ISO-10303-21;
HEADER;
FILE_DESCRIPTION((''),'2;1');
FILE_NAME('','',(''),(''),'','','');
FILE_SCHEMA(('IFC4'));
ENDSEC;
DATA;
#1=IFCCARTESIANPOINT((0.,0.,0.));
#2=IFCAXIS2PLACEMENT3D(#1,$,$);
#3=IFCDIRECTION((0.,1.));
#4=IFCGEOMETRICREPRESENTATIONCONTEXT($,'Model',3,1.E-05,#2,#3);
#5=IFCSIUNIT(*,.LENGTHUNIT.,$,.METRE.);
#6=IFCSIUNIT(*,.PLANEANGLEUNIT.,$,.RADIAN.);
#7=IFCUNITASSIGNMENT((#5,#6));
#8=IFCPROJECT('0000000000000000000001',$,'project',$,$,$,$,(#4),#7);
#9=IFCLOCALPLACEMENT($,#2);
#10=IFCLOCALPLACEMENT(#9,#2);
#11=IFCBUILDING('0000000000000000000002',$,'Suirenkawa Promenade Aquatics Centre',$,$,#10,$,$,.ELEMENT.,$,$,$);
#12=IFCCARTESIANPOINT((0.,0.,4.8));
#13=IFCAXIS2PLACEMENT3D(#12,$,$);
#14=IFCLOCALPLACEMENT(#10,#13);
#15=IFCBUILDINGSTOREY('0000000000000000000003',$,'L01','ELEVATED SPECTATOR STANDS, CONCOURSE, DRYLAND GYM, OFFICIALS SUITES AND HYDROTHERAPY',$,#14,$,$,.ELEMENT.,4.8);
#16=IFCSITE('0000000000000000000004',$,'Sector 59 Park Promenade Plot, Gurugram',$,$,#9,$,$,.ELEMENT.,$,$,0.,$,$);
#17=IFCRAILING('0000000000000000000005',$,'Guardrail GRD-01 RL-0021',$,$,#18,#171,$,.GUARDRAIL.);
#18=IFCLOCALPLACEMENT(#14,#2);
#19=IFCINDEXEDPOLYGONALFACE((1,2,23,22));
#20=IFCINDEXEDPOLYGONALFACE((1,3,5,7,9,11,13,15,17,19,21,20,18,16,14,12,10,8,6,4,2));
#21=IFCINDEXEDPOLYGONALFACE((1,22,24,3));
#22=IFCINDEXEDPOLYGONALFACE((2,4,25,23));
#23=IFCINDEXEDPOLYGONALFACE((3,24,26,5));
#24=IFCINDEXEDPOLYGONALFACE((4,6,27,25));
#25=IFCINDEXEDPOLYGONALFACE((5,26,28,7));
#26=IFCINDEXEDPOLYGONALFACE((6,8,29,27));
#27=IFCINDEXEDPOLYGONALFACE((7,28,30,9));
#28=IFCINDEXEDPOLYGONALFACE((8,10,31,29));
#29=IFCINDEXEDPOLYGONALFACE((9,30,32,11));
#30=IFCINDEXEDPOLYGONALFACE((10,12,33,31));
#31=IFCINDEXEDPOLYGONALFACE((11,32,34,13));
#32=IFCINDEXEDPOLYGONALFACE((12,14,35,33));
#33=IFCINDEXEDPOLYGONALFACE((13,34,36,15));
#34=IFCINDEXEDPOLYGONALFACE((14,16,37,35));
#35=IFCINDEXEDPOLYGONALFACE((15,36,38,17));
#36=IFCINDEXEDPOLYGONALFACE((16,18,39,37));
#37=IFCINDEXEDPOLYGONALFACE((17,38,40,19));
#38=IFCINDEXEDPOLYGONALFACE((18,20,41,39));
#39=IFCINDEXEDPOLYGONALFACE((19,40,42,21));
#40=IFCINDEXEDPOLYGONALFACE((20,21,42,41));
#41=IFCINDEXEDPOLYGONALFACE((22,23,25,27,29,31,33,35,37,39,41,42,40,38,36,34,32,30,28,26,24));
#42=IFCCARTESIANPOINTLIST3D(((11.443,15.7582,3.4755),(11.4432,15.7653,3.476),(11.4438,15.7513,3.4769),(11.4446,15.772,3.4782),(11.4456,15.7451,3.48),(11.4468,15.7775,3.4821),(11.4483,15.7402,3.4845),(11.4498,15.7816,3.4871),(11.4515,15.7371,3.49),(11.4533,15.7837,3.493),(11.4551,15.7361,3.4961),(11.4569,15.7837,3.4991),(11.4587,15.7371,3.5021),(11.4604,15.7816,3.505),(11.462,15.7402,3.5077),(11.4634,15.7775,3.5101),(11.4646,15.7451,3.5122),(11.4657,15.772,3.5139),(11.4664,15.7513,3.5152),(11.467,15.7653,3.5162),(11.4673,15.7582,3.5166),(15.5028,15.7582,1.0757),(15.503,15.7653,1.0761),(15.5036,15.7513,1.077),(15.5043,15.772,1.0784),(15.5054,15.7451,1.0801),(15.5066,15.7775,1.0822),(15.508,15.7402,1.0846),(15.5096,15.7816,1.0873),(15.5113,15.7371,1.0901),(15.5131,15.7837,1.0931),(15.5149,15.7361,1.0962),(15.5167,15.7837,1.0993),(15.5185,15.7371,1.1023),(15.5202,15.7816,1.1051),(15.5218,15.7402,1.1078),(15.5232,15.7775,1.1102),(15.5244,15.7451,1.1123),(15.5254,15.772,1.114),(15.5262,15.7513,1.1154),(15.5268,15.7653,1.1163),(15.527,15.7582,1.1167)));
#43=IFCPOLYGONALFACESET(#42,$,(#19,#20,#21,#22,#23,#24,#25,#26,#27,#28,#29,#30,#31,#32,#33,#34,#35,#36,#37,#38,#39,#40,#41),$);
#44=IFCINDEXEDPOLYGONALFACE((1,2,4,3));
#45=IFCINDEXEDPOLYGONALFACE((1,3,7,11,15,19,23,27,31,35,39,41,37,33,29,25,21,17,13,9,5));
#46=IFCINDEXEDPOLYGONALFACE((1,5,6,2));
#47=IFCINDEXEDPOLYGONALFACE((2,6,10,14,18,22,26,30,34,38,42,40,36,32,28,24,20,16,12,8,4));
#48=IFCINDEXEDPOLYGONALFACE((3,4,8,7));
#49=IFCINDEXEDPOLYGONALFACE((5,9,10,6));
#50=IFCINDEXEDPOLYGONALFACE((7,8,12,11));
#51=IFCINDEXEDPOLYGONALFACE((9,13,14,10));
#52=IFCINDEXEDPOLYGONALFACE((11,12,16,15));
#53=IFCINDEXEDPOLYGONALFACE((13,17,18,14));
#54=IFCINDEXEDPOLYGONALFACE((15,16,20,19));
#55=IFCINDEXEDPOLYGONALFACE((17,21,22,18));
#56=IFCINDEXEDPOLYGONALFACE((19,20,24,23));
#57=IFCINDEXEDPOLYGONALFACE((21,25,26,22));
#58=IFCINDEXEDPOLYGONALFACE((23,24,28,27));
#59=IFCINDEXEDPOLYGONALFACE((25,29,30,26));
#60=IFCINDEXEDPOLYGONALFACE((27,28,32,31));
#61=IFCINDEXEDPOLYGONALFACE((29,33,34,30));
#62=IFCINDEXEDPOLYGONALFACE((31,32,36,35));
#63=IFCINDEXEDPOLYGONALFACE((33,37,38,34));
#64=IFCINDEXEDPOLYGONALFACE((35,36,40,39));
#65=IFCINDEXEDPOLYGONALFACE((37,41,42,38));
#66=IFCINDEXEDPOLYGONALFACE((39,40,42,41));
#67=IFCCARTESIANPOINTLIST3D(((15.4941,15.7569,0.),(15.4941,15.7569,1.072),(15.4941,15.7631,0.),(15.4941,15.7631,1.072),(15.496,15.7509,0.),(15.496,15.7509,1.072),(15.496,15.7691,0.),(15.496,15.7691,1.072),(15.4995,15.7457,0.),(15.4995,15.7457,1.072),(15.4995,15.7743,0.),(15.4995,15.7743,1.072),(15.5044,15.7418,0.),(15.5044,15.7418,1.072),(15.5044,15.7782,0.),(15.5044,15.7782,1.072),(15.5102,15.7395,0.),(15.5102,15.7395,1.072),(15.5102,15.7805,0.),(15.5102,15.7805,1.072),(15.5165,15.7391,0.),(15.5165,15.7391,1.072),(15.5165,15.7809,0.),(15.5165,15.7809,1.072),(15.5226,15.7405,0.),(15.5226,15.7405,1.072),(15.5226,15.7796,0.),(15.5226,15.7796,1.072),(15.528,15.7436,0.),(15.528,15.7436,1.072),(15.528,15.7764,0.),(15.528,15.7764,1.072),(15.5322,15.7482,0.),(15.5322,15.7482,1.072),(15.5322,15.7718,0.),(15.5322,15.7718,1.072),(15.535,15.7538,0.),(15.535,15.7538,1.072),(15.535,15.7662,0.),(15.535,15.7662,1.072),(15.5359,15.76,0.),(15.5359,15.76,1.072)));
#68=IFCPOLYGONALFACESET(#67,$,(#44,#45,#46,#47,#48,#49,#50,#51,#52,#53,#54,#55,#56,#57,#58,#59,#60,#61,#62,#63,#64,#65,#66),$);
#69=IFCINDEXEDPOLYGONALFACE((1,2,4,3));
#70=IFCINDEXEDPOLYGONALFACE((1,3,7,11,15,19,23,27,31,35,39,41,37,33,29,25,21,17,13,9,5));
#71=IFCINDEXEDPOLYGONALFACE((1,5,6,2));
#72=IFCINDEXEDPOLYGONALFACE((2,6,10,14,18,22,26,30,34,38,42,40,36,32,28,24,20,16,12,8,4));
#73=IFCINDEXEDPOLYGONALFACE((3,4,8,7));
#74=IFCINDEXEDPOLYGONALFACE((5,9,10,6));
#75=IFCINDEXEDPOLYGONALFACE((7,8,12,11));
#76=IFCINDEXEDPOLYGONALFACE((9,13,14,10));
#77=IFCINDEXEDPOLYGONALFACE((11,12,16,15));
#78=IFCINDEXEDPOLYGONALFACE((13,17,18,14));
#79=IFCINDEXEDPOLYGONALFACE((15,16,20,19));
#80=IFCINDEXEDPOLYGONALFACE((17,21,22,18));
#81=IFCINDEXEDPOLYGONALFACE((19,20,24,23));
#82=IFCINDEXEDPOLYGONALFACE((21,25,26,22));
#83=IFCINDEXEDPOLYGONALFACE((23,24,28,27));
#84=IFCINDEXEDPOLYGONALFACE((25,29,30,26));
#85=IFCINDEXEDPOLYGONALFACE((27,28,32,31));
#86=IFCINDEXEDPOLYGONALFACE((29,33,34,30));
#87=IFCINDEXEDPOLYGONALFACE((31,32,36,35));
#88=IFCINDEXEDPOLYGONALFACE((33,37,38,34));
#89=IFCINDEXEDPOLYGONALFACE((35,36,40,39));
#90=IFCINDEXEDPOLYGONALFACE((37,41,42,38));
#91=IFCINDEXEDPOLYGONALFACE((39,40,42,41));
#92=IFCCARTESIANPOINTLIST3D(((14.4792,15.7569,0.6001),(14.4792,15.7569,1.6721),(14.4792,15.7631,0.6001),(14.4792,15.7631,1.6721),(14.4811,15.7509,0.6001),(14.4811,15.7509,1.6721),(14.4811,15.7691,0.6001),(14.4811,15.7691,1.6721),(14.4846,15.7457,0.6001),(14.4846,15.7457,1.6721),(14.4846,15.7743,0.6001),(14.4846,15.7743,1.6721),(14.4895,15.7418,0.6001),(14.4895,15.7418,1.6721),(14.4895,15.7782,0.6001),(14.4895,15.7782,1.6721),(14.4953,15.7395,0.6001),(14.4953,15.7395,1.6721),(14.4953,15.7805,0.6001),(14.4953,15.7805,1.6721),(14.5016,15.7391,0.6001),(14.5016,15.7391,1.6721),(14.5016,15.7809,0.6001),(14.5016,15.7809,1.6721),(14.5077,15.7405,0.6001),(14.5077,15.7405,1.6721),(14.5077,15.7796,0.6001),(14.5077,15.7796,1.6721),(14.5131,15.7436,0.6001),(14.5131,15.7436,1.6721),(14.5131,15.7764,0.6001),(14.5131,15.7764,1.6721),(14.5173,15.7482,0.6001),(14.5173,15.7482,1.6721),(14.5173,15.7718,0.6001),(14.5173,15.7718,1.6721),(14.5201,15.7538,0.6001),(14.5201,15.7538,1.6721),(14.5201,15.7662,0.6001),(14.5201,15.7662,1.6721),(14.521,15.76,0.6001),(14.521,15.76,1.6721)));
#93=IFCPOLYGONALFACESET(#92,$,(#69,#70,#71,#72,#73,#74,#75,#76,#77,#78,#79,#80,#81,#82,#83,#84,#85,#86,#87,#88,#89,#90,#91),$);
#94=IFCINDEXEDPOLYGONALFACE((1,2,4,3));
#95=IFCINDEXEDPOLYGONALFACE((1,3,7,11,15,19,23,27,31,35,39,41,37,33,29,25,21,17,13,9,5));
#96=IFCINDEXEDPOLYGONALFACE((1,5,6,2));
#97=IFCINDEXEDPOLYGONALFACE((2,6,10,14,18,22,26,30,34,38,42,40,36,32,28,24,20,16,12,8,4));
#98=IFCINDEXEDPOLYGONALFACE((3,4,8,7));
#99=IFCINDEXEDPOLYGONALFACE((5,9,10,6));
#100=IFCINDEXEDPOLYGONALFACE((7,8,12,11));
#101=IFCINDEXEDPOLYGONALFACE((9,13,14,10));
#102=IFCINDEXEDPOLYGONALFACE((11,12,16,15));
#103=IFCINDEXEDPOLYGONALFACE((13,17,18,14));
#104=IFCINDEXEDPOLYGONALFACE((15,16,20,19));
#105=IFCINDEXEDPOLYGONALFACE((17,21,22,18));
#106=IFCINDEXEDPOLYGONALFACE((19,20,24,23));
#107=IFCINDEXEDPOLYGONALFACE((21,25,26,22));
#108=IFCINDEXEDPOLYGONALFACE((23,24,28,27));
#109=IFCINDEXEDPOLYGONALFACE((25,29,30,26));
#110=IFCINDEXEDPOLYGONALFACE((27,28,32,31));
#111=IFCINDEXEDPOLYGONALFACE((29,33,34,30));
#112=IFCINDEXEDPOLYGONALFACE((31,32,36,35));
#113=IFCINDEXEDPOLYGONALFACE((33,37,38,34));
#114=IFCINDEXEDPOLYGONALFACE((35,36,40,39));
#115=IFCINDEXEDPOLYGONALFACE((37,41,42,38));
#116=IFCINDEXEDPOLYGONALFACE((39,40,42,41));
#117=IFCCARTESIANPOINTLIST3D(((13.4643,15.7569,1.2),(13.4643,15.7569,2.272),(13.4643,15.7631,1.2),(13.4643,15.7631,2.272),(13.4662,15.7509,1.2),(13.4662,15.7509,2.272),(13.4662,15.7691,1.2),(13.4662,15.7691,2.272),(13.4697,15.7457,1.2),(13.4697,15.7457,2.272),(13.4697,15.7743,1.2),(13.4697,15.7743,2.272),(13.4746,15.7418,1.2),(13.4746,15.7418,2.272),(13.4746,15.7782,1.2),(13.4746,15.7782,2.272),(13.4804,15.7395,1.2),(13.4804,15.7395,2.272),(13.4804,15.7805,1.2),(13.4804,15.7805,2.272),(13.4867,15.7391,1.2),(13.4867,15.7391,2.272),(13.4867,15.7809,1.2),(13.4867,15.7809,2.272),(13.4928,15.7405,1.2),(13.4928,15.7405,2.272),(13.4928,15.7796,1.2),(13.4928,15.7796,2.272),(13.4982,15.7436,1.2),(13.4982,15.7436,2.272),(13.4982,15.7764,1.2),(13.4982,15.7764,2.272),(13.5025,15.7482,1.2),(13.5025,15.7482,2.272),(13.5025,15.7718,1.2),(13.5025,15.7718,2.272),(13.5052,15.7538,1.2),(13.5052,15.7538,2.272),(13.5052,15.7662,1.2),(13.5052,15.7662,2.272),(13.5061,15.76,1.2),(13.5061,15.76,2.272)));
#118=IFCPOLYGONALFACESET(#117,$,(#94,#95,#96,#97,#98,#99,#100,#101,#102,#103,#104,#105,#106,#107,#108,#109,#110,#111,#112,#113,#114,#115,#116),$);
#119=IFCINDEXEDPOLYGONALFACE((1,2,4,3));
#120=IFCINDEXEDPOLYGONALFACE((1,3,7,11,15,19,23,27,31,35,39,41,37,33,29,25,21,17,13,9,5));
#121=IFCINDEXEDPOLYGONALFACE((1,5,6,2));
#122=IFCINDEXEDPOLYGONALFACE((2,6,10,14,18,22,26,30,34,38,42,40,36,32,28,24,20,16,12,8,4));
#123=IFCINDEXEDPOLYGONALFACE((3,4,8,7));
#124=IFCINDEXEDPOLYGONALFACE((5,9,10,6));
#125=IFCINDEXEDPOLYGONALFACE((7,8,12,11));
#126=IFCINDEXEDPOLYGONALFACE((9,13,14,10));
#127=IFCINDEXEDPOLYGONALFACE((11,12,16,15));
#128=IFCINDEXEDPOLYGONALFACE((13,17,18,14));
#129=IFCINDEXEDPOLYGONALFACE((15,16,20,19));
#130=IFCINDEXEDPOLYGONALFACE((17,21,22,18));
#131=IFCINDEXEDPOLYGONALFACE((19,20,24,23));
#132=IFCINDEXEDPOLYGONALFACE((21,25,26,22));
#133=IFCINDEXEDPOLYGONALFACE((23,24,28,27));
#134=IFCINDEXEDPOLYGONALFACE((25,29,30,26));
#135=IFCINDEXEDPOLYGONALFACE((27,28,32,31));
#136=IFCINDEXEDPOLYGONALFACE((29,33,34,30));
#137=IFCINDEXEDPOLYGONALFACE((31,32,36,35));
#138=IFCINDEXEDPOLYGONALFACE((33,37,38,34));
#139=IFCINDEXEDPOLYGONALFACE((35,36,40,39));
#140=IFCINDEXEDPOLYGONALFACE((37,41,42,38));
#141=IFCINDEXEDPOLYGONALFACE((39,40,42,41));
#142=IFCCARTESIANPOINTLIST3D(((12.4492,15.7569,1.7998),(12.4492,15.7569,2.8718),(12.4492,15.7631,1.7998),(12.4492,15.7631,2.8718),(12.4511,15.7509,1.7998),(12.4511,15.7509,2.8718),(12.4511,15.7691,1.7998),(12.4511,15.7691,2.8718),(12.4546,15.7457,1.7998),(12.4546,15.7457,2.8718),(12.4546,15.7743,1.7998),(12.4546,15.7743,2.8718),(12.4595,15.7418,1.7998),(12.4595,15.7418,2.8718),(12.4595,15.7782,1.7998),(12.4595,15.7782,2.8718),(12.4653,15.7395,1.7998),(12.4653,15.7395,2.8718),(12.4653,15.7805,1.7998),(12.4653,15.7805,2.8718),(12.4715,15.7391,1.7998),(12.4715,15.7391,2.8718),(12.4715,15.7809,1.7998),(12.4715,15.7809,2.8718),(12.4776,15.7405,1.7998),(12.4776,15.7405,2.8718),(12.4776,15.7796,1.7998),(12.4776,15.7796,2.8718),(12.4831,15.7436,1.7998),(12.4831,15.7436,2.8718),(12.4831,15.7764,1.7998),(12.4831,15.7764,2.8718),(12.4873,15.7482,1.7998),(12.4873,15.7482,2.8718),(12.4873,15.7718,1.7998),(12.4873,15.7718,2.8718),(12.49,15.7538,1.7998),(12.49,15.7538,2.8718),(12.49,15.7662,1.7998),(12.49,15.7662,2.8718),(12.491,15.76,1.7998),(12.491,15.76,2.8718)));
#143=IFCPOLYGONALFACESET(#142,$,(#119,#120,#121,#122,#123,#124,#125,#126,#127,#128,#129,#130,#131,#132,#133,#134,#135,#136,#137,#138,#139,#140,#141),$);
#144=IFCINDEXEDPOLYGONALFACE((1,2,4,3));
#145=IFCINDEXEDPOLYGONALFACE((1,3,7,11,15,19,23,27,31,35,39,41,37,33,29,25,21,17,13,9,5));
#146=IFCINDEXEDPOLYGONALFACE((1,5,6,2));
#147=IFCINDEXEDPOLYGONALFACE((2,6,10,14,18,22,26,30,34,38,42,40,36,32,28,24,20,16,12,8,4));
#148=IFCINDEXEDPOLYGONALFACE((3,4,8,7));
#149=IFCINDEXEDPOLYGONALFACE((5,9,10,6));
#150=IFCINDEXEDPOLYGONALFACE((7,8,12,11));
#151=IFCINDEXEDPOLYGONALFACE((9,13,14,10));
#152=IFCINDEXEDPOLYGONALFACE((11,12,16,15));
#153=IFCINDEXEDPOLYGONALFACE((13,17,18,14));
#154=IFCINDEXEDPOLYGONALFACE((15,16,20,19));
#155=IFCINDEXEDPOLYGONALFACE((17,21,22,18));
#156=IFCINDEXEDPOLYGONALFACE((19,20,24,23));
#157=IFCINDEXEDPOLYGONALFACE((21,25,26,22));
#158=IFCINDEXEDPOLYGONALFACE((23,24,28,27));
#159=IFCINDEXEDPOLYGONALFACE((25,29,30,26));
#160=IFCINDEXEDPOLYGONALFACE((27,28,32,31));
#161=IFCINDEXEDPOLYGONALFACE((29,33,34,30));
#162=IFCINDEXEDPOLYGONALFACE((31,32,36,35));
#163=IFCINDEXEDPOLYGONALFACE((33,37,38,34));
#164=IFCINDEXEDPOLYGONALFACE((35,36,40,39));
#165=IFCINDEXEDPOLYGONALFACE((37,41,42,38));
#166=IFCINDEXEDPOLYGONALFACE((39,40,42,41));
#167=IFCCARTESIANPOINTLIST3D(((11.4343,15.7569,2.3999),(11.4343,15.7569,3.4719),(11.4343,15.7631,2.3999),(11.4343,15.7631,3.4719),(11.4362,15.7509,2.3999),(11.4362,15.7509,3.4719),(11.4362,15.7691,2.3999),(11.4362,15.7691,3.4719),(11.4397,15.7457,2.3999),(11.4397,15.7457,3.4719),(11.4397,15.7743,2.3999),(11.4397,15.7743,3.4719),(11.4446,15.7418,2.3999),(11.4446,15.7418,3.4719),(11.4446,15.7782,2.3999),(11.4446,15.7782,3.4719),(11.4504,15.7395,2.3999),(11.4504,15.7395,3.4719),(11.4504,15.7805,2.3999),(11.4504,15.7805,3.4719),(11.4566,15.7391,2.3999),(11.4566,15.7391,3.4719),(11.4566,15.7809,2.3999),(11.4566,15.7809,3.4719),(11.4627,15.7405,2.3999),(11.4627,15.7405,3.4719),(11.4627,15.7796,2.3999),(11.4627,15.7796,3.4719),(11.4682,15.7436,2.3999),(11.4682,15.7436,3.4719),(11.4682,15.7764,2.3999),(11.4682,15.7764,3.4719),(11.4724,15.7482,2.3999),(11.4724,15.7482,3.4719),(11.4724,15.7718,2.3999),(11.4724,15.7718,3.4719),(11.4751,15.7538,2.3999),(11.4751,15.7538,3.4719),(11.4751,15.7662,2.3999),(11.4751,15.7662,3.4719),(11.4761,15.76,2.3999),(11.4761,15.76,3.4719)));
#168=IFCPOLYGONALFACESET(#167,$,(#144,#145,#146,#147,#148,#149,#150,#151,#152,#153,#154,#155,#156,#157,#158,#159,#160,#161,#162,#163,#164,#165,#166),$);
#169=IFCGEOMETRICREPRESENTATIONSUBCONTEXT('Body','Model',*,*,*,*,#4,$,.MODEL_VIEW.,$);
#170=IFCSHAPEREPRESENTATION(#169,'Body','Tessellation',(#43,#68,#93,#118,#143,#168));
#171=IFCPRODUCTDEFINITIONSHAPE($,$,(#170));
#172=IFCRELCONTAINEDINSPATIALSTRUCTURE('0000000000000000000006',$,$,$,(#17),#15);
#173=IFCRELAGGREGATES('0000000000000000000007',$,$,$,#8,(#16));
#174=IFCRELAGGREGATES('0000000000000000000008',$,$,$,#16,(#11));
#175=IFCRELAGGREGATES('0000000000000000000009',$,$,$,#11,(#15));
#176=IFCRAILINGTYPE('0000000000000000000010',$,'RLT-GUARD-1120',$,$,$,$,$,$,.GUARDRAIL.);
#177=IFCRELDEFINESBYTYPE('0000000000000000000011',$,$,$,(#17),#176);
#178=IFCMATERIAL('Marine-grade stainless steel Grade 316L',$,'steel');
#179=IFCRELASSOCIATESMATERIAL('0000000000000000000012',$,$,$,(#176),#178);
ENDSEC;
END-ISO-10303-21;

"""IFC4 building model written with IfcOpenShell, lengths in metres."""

from ifc_helpers import new_model, si_unit, direction, frame, origin, origin_2d, place, context, subcontext, project, spatial, circle, extrude, material, type_object, element, save


model = new_model("IFC4")

# Units and contexts
model_context = context("Model", 3, precision=1e-05, world=origin(), true_north=direction((0.0, 1.0)))
body_context = subcontext(model_context, "Body", "Model", "MODEL_VIEW")
ifc_project = project(units=[si_unit("LENGTHUNIT", "METRE"), si_unit("PLANEANGLEUNIT", "RADIAN")], contexts=[model_context])

# Site, building, storey
site_placement = place(None, origin())
site = spatial("IfcSite", under=ifc_project, at=site_placement, Name="Sector 59 Park Promenade Plot, Gurugram", CompositionType="ELEMENT", RefElevation=0.0)
building_placement = place(site_placement, origin())
building = spatial("IfcBuilding", under=site, at=building_placement, Name="Suirenkawa Promenade Aquatics Centre", CompositionType="ELEMENT")
storey_placement = place(building_placement, frame((0.0, 0.0, 4.8)))
storey = spatial("IfcBuildingStorey", under=building, at=storey_placement, Name="L01", Description="ELEVATED SPECTATOR STANDS, CONCOURSE, DRYLAND GYM, OFFICIALS SUITES AND HYDROTHERAPY", CompositionType="ELEMENT", Elevation=4.8)

# Railing
ifc_material_1 = material(Name="Marine-grade stainless steel Grade 316L", Category="steel")
railing_type_1 = type_object("IfcRailingType", Name="RLT-GUARD-1120", PredefinedType="GUARDRAIL", material=ifc_material_1)
for number, where, name in (
    (1, (15.5149, 15.76, 0.0), "Guardrail GRD-01 RL-0021"),
):
    element("IfcRailing", number, at=place(storey_placement, frame(where)), inside=storey, type_object=railing_type_1, Name=name, PredefinedType="GUARDRAIL", context=body_context, shape_type="SweptSolid", body=[
        extrude(circle(Radius=0.0239, at=origin_2d()), frame((0.0, 0.0, 1.0962), z_axis=(-0.860841, 0.0, 0.508874), x_axis=(0.0, -1.0, 0.0)), (0.0, 0.0, 1.0), 4.7161),
        extrude(circle(Radius=0.021, at=origin_2d()), origin(), (0.0, 0.0, 1.0), 1.072),
        extrude(circle(Radius=0.021, at=origin_2d()), frame((-1.0149, 0.0, 0.6001)), (0.0, 0.0, 1.0), 1.072),
        extrude(circle(Radius=0.021, at=origin_2d()), frame((-2.0298, 0.0, 1.2)), (0.0, 0.0, 1.0), 1.072),
        extrude(circle(Radius=0.021, at=origin_2d()), frame((-3.0449, 0.0, 1.7998)), (0.0, 0.0, 1.0), 1.072),
        extrude(circle(Radius=0.021, at=origin_2d()), frame((-4.0598, 0.0, 2.3999)), (0.0, 0.0, 1.0), 1.072),
    ])

save(model, "model.ifc")
